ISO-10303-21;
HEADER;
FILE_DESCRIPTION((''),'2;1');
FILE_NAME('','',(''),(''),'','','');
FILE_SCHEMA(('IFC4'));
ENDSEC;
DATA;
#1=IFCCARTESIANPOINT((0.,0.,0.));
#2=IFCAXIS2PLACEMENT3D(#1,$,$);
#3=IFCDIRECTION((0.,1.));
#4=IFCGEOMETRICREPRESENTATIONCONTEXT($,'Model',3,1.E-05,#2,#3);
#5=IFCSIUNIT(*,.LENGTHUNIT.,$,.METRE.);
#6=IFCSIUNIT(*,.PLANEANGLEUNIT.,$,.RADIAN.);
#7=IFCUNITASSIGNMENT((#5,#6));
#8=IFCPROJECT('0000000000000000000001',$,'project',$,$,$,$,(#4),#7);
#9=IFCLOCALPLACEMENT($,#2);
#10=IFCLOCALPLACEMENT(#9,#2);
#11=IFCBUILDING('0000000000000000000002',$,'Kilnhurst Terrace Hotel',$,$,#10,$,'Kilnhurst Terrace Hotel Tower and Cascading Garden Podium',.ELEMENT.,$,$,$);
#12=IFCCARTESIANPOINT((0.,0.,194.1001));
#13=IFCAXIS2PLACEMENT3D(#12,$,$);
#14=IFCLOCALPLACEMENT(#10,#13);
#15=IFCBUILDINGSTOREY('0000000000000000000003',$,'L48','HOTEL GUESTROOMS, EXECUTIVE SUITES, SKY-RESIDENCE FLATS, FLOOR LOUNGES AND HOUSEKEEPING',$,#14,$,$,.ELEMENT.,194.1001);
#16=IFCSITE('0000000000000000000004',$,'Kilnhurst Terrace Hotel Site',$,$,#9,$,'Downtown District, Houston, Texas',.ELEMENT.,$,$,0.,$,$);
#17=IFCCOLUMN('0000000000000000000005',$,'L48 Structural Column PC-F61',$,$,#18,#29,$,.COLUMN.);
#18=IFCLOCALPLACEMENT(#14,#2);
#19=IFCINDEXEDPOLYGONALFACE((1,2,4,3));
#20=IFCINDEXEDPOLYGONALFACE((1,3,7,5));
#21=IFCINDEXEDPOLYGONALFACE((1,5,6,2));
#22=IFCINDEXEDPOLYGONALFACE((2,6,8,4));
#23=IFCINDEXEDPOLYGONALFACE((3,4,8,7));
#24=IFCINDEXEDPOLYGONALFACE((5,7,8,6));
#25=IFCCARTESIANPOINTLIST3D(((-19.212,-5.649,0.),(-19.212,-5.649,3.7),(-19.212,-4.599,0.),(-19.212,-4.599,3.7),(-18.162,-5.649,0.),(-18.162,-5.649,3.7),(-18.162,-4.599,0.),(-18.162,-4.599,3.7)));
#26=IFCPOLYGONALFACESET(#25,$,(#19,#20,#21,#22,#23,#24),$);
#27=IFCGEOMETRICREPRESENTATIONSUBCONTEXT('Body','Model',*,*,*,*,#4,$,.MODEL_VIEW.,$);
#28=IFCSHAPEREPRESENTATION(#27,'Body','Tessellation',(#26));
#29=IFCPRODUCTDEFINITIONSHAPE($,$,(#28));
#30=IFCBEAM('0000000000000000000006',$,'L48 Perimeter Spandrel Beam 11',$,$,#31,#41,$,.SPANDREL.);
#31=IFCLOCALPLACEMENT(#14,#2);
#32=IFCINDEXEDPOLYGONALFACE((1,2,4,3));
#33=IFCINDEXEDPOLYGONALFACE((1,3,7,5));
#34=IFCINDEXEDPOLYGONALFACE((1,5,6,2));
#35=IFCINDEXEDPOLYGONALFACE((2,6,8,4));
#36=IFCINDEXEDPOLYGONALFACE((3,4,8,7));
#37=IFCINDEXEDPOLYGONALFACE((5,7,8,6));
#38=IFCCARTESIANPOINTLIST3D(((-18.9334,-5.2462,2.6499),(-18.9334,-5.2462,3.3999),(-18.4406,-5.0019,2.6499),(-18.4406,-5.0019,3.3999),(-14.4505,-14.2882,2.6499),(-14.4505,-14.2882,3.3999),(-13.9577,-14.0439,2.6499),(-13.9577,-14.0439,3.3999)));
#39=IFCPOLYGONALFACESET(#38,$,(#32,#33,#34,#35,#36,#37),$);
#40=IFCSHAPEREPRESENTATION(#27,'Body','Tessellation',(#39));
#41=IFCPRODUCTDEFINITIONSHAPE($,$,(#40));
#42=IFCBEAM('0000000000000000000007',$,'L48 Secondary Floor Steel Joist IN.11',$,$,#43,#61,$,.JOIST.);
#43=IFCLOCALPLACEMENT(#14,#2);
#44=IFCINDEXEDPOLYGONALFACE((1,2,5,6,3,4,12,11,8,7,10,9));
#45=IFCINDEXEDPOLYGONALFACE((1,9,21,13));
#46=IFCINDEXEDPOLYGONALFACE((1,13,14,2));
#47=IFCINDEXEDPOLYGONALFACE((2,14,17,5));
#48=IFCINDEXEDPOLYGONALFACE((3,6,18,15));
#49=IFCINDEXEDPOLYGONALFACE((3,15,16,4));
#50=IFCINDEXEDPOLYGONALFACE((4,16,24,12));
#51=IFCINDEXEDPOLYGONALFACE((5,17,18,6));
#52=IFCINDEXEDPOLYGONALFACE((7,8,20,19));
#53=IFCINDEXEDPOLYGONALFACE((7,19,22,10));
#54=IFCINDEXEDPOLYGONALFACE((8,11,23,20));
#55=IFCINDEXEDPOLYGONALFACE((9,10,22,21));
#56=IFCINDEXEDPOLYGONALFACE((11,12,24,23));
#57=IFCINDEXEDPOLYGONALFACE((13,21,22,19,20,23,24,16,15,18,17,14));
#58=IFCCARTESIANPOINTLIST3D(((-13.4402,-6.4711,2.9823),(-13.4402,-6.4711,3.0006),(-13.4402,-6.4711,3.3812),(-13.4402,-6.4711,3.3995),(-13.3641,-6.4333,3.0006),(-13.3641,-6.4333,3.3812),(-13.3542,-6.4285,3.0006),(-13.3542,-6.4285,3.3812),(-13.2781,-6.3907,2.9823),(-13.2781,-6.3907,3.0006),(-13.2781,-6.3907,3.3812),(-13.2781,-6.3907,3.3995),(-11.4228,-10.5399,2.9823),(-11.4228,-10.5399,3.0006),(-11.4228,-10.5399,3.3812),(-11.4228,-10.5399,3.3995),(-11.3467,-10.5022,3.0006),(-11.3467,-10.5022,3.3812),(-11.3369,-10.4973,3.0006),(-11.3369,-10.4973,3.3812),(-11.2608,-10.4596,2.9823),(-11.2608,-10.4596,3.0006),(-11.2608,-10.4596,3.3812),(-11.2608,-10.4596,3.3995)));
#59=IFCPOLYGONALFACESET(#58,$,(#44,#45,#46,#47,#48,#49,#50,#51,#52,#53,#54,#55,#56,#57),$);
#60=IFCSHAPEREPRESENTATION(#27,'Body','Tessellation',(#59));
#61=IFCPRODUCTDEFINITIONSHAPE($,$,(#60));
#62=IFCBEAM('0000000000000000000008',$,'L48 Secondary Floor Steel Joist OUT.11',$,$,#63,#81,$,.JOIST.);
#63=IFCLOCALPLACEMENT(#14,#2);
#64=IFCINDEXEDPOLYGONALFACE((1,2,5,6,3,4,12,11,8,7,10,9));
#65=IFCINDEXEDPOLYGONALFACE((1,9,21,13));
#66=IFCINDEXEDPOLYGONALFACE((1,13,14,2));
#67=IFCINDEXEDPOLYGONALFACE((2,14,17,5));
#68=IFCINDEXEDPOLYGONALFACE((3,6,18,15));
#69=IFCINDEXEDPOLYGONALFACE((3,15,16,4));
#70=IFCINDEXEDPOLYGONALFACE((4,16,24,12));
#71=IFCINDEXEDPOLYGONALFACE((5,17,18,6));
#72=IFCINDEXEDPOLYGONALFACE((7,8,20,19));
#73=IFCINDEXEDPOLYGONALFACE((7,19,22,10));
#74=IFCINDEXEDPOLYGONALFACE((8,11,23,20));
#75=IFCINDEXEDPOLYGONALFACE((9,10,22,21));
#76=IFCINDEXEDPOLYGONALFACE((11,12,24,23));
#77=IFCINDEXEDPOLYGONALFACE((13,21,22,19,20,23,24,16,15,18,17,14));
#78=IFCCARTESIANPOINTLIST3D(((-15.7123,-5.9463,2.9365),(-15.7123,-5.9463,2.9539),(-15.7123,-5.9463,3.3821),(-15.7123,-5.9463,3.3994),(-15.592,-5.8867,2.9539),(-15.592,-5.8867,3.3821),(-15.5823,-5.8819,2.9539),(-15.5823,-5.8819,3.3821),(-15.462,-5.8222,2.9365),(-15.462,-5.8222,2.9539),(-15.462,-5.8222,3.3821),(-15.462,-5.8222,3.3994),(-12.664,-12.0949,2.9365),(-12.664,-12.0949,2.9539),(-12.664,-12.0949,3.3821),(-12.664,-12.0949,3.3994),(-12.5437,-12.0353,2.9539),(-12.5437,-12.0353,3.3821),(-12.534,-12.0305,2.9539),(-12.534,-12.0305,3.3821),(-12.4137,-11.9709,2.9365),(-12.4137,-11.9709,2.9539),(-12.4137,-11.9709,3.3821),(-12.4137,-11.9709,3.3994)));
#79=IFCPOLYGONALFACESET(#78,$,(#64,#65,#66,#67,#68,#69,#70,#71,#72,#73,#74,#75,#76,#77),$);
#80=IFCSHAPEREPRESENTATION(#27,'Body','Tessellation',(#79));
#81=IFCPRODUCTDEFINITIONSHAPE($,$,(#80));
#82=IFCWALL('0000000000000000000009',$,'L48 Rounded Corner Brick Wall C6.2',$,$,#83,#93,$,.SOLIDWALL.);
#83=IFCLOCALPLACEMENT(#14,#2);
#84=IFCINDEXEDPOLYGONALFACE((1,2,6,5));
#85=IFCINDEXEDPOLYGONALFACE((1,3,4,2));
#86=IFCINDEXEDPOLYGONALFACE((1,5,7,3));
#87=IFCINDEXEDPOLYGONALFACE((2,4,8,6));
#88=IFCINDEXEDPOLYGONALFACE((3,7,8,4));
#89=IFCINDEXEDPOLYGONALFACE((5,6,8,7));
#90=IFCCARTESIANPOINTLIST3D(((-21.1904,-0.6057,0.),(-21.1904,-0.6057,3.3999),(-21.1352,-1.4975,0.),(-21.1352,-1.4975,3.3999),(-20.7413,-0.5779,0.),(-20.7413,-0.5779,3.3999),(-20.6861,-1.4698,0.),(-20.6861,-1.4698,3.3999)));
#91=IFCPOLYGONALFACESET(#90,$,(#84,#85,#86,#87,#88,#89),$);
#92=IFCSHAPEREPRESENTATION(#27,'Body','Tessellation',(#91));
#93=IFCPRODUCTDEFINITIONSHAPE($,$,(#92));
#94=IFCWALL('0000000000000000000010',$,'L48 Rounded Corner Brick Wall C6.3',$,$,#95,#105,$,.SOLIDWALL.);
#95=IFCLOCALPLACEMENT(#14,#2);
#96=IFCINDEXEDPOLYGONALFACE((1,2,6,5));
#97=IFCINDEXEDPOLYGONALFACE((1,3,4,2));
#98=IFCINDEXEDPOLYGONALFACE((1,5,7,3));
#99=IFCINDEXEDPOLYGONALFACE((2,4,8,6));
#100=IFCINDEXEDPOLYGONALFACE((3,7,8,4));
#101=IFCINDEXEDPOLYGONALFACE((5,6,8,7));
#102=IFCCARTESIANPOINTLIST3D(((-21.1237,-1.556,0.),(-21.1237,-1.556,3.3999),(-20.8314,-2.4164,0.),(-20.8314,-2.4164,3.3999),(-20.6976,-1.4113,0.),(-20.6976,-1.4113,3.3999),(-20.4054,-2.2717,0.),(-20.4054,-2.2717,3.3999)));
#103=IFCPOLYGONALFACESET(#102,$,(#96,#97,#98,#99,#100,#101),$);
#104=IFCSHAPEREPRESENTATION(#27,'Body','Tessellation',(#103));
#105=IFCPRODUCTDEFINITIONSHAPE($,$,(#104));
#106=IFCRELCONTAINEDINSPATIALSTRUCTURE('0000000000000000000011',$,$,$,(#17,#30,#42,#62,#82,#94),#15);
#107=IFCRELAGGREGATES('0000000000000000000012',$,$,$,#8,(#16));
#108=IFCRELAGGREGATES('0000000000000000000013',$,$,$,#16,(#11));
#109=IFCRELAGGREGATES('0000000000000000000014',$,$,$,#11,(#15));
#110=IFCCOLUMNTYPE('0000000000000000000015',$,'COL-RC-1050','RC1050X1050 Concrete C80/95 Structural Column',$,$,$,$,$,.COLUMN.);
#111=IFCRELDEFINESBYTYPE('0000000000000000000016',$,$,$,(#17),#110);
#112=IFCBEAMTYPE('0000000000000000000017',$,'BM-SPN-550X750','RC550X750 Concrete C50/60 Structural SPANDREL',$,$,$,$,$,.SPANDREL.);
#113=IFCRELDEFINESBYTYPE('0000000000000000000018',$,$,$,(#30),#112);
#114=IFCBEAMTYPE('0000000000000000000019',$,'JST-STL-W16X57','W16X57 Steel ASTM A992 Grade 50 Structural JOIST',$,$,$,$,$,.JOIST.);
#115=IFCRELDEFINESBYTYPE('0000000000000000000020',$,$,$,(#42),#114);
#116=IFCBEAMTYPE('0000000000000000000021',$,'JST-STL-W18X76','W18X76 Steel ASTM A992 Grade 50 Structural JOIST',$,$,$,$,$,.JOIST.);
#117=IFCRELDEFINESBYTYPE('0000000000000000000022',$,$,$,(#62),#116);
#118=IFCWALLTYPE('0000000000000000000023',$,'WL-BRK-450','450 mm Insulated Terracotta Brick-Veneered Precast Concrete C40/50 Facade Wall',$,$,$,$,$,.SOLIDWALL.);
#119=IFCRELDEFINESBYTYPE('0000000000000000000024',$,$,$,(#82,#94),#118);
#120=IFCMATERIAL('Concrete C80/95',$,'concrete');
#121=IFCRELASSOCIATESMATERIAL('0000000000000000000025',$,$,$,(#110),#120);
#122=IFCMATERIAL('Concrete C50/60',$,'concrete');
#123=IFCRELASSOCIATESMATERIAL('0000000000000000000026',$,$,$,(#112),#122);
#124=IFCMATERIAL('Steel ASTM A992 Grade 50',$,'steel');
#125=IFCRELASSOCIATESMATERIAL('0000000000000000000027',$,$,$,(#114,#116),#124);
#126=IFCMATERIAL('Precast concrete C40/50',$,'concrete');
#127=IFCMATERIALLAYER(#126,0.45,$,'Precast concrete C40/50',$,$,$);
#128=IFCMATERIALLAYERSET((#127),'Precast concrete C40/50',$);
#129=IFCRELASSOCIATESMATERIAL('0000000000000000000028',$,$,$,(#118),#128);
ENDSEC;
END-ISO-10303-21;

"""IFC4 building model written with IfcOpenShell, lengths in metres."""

from ifc_helpers import new_model, si_unit, direction, frame, frame_2d, origin, origin_2d, place, context, subcontext, project, spatial, rectangle, i_section, extrude, material, layer, layer_set, material_profile, profile_set, type_object, element, save


model = new_model("IFC4")

# Units and contexts
model_context = context("Model", 3, precision=1e-05, world=origin(), true_north=direction((0.0, 1.0)))
body_context = subcontext(model_context, "Body", "Model", "MODEL_VIEW")
ifc_project = project(units=[si_unit("LENGTHUNIT", "METRE"), si_unit("PLANEANGLEUNIT", "RADIAN")], contexts=[model_context])

# Site, building, storey
site_placement = place(None, origin())
site = spatial("IfcSite", under=ifc_project, at=site_placement, Name="Kilnhurst Terrace Hotel Site", LongName="Downtown District, Houston, Texas", CompositionType="ELEMENT", RefElevation=0.0)
building_placement = place(site_placement, origin())
building = spatial("IfcBuilding", under=site, at=building_placement, Name="Kilnhurst Terrace Hotel", LongName="Kilnhurst Terrace Hotel Tower and Cascading Garden Podium", CompositionType="ELEMENT")
storey_placement = place(building_placement, frame((0.0, 0.0, 194.1001)))
storey = spatial("IfcBuildingStorey", under=building, at=storey_placement, Name="L48", Description="HOTEL GUESTROOMS, EXECUTIVE SUITES, SKY-RESIDENCE FLATS, FLOOR LOUNGES AND HOUSEKEEPING", CompositionType="ELEMENT", Elevation=194.1001)

# Column
ifc_material_1 = material(Name="Concrete C80/95", Category="concrete")
ifc_material_profile_1 = material_profile(ifc_material_1, rectangle(XDim=1.05, YDim=1.05, at=origin_2d()), Name="RC1050X1050")
ifc_profile_set_1 = profile_set([ifc_material_profile_1], Name="Concrete C80/95")
column_type = type_object("IfcColumnType", Name="COL-RC-1050", Description="RC1050X1050 Concrete C80/95 Structural Column", PredefinedType="COLUMN", material=ifc_profile_set_1)
column_placement = place(storey_placement, frame((-18.687, -5.124, 0.0), z_axis=(0.0, 0.0, 1.0), x_axis=(1.0, 0.0, 0.0)))
element("IfcColumn", 1, at=column_placement, inside=storey, type_object=column_type, Name="L48 Structural Column PC-F61", PredefinedType="COLUMN", context=body_context, shape_type="SweptSolid", body=[
    extrude(rectangle(XDim=1.05, YDim=1.05, at=origin_2d()), origin(), (0.0, 0.0, 1.0), 3.7),
])

# Beams
ifc_material_2 = material(Name="Concrete C50/60", Category="concrete")
ifc_material_profile_2 = material_profile(ifc_material_2, rectangle(XDim=0.55, YDim=0.75, at=origin_2d()), Name="RC550X750")
ifc_profile_set_2 = profile_set([ifc_material_profile_2], Name="Concrete C50/60")
beam_type_1 = type_object("IfcBeamType", Name="BM-SPN-550X750", Description="RC550X750 Concrete C50/60 Structural SPANDREL", PredefinedType="SPANDREL", material=ifc_profile_set_2)
beam_1_placement = place(storey_placement, frame((-18.687, -5.124, 3.0249), z_axis=(0.444192, -0.895932, 0.0), x_axis=(0.895932, 0.444192, 0.0)))
element("IfcBeam", 2, at=beam_1_placement, inside=storey, type_object=beam_type_1, Name="L48 Perimeter Spandrel Beam 11", PredefinedType="SPANDREL", context=body_context, shape_type="SweptSolid", body=[
    extrude(rectangle(XDim=0.55, YDim=0.75, at=origin_2d()), origin(), (0.0, 0.0, 1.0), 10.0923),
])
ifc_material_3 = material(Name="Steel ASTM A992 Grade 50", Category="steel")
ifc_material_profile_3 = material_profile(ifc_material_3, i_section(OverallWidth=0.1809, OverallDepth=0.4172, WebThickness=0.011, FlangeThickness=0.0183, at=origin_2d()), Name="W16X57")
ifc_profile_set_3 = profile_set([ifc_material_profile_3], Name="Steel ASTM A992 Grade 50")
beam_type_2 = type_object("IfcBeamType", Name="JST-STL-W16X57", Description="W16X57 Steel ASTM A992 Grade 50 Structural JOIST", PredefinedType="JOIST", material=ifc_profile_set_3)
beam_2_placement = place(storey_placement, frame((-13.3591, -6.4309, 3.1909), z_axis=(0.444201, -0.895927, 0.0), x_axis=(0.895927, 0.444201, 0.0)))
element("IfcBeam", 3, at=beam_2_placement, inside=storey, type_object=beam_type_2, Name="L48 Secondary Floor Steel Joist IN.11", PredefinedType="JOIST", context=body_context, shape_type="SweptSolid", body=[
    extrude(i_section(OverallWidth=0.1809, OverallDepth=0.4172, WebThickness=0.011, FlangeThickness=0.0183, at=origin_2d()), origin(), (0.0, 0.0, 1.0), 4.5415),
])
ifc_material_profile_4 = material_profile(ifc_material_3, i_section(OverallWidth=0.2793, OverallDepth=0.4629, WebThickness=0.0107, FlangeThickness=0.0173, at=origin_2d()), Name="W18X76")
ifc_profile_set_4 = profile_set([ifc_material_profile_4], Name="Steel ASTM A992 Grade 50")
beam_type_3 = type_object("IfcBeamType", Name="JST-STL-W18X76", Description="W18X76 Steel ASTM A992 Grade 50 Structural JOIST", PredefinedType="JOIST", material=ifc_profile_set_4)
beam_3_placement = place(storey_placement, frame((-15.5872, -5.8843, 3.168), z_axis=(0.44418, -0.895938, 0.0), x_axis=(0.895938, 0.44418, 0.0)))
element("IfcBeam", 4, at=beam_3_placement, inside=storey, type_object=beam_type_3, Name="L48 Secondary Floor Steel Joist OUT.11", PredefinedType="JOIST", context=body_context, shape_type="SweptSolid", body=[
    extrude(i_section(OverallWidth=0.2793, OverallDepth=0.4629, WebThickness=0.0107, FlangeThickness=0.0173, at=origin_2d()), origin(), (0.0, 0.0, 1.0), 6.8628),
])

# Walls
ifc_material_4 = material(Name="Precast concrete C40/50", Category="concrete")
ifc_layer_1 = layer(ifc_material_4, 0.45, Name="Precast concrete C40/50")
ifc_layer_set_1 = layer_set([ifc_layer_1], Name="Precast concrete C40/50")
wall_type_1 = type_object("IfcWallType", Name="WL-BRK-450", Description="450 mm Insulated Terracotta Brick-Veneered Precast Concrete C40/50 Facade Wall", PredefinedType="SOLIDWALL", material=ifc_layer_set_1)
wall_1_placement = place(storey_placement, frame((-20.9658, -0.5918, 0.0), z_axis=(0.0, 0.0, 1.0), x_axis=(0.061749, -0.998092, 0.0)))
element("IfcWall", 5, at=wall_1_placement, inside=storey, type_object=wall_type_1, Name="L48 Rounded Corner Brick Wall C6.2", PredefinedType="SOLIDWALL", context=body_context, shape_type="SweptSolid", body=[
    extrude(rectangle(XDim=0.8936, YDim=0.45, at=frame_2d((0.4468, 0.0))), origin(), (0.0, 0.0, 1.0), 3.3999),
])
wall_2_placement = place(storey_placement, frame((-20.9106, -1.4836, 0.0), z_axis=(0.0, 0.0, 1.0), x_axis=(0.321623, -0.946868, 0.0)))
element("IfcWall", 6, at=wall_2_placement, inside=storey, type_object=wall_type_1, Name="L48 Rounded Corner Brick Wall C6.3", PredefinedType="SOLIDWALL", context=body_context, shape_type="SweptSolid", body=[
    extrude(rectangle(XDim=0.9087, YDim=0.45, at=frame_2d((0.4543, 0.0))), origin(), (0.0, 0.0, 1.0), 3.3999),
])

save(model, "model.ifc")
